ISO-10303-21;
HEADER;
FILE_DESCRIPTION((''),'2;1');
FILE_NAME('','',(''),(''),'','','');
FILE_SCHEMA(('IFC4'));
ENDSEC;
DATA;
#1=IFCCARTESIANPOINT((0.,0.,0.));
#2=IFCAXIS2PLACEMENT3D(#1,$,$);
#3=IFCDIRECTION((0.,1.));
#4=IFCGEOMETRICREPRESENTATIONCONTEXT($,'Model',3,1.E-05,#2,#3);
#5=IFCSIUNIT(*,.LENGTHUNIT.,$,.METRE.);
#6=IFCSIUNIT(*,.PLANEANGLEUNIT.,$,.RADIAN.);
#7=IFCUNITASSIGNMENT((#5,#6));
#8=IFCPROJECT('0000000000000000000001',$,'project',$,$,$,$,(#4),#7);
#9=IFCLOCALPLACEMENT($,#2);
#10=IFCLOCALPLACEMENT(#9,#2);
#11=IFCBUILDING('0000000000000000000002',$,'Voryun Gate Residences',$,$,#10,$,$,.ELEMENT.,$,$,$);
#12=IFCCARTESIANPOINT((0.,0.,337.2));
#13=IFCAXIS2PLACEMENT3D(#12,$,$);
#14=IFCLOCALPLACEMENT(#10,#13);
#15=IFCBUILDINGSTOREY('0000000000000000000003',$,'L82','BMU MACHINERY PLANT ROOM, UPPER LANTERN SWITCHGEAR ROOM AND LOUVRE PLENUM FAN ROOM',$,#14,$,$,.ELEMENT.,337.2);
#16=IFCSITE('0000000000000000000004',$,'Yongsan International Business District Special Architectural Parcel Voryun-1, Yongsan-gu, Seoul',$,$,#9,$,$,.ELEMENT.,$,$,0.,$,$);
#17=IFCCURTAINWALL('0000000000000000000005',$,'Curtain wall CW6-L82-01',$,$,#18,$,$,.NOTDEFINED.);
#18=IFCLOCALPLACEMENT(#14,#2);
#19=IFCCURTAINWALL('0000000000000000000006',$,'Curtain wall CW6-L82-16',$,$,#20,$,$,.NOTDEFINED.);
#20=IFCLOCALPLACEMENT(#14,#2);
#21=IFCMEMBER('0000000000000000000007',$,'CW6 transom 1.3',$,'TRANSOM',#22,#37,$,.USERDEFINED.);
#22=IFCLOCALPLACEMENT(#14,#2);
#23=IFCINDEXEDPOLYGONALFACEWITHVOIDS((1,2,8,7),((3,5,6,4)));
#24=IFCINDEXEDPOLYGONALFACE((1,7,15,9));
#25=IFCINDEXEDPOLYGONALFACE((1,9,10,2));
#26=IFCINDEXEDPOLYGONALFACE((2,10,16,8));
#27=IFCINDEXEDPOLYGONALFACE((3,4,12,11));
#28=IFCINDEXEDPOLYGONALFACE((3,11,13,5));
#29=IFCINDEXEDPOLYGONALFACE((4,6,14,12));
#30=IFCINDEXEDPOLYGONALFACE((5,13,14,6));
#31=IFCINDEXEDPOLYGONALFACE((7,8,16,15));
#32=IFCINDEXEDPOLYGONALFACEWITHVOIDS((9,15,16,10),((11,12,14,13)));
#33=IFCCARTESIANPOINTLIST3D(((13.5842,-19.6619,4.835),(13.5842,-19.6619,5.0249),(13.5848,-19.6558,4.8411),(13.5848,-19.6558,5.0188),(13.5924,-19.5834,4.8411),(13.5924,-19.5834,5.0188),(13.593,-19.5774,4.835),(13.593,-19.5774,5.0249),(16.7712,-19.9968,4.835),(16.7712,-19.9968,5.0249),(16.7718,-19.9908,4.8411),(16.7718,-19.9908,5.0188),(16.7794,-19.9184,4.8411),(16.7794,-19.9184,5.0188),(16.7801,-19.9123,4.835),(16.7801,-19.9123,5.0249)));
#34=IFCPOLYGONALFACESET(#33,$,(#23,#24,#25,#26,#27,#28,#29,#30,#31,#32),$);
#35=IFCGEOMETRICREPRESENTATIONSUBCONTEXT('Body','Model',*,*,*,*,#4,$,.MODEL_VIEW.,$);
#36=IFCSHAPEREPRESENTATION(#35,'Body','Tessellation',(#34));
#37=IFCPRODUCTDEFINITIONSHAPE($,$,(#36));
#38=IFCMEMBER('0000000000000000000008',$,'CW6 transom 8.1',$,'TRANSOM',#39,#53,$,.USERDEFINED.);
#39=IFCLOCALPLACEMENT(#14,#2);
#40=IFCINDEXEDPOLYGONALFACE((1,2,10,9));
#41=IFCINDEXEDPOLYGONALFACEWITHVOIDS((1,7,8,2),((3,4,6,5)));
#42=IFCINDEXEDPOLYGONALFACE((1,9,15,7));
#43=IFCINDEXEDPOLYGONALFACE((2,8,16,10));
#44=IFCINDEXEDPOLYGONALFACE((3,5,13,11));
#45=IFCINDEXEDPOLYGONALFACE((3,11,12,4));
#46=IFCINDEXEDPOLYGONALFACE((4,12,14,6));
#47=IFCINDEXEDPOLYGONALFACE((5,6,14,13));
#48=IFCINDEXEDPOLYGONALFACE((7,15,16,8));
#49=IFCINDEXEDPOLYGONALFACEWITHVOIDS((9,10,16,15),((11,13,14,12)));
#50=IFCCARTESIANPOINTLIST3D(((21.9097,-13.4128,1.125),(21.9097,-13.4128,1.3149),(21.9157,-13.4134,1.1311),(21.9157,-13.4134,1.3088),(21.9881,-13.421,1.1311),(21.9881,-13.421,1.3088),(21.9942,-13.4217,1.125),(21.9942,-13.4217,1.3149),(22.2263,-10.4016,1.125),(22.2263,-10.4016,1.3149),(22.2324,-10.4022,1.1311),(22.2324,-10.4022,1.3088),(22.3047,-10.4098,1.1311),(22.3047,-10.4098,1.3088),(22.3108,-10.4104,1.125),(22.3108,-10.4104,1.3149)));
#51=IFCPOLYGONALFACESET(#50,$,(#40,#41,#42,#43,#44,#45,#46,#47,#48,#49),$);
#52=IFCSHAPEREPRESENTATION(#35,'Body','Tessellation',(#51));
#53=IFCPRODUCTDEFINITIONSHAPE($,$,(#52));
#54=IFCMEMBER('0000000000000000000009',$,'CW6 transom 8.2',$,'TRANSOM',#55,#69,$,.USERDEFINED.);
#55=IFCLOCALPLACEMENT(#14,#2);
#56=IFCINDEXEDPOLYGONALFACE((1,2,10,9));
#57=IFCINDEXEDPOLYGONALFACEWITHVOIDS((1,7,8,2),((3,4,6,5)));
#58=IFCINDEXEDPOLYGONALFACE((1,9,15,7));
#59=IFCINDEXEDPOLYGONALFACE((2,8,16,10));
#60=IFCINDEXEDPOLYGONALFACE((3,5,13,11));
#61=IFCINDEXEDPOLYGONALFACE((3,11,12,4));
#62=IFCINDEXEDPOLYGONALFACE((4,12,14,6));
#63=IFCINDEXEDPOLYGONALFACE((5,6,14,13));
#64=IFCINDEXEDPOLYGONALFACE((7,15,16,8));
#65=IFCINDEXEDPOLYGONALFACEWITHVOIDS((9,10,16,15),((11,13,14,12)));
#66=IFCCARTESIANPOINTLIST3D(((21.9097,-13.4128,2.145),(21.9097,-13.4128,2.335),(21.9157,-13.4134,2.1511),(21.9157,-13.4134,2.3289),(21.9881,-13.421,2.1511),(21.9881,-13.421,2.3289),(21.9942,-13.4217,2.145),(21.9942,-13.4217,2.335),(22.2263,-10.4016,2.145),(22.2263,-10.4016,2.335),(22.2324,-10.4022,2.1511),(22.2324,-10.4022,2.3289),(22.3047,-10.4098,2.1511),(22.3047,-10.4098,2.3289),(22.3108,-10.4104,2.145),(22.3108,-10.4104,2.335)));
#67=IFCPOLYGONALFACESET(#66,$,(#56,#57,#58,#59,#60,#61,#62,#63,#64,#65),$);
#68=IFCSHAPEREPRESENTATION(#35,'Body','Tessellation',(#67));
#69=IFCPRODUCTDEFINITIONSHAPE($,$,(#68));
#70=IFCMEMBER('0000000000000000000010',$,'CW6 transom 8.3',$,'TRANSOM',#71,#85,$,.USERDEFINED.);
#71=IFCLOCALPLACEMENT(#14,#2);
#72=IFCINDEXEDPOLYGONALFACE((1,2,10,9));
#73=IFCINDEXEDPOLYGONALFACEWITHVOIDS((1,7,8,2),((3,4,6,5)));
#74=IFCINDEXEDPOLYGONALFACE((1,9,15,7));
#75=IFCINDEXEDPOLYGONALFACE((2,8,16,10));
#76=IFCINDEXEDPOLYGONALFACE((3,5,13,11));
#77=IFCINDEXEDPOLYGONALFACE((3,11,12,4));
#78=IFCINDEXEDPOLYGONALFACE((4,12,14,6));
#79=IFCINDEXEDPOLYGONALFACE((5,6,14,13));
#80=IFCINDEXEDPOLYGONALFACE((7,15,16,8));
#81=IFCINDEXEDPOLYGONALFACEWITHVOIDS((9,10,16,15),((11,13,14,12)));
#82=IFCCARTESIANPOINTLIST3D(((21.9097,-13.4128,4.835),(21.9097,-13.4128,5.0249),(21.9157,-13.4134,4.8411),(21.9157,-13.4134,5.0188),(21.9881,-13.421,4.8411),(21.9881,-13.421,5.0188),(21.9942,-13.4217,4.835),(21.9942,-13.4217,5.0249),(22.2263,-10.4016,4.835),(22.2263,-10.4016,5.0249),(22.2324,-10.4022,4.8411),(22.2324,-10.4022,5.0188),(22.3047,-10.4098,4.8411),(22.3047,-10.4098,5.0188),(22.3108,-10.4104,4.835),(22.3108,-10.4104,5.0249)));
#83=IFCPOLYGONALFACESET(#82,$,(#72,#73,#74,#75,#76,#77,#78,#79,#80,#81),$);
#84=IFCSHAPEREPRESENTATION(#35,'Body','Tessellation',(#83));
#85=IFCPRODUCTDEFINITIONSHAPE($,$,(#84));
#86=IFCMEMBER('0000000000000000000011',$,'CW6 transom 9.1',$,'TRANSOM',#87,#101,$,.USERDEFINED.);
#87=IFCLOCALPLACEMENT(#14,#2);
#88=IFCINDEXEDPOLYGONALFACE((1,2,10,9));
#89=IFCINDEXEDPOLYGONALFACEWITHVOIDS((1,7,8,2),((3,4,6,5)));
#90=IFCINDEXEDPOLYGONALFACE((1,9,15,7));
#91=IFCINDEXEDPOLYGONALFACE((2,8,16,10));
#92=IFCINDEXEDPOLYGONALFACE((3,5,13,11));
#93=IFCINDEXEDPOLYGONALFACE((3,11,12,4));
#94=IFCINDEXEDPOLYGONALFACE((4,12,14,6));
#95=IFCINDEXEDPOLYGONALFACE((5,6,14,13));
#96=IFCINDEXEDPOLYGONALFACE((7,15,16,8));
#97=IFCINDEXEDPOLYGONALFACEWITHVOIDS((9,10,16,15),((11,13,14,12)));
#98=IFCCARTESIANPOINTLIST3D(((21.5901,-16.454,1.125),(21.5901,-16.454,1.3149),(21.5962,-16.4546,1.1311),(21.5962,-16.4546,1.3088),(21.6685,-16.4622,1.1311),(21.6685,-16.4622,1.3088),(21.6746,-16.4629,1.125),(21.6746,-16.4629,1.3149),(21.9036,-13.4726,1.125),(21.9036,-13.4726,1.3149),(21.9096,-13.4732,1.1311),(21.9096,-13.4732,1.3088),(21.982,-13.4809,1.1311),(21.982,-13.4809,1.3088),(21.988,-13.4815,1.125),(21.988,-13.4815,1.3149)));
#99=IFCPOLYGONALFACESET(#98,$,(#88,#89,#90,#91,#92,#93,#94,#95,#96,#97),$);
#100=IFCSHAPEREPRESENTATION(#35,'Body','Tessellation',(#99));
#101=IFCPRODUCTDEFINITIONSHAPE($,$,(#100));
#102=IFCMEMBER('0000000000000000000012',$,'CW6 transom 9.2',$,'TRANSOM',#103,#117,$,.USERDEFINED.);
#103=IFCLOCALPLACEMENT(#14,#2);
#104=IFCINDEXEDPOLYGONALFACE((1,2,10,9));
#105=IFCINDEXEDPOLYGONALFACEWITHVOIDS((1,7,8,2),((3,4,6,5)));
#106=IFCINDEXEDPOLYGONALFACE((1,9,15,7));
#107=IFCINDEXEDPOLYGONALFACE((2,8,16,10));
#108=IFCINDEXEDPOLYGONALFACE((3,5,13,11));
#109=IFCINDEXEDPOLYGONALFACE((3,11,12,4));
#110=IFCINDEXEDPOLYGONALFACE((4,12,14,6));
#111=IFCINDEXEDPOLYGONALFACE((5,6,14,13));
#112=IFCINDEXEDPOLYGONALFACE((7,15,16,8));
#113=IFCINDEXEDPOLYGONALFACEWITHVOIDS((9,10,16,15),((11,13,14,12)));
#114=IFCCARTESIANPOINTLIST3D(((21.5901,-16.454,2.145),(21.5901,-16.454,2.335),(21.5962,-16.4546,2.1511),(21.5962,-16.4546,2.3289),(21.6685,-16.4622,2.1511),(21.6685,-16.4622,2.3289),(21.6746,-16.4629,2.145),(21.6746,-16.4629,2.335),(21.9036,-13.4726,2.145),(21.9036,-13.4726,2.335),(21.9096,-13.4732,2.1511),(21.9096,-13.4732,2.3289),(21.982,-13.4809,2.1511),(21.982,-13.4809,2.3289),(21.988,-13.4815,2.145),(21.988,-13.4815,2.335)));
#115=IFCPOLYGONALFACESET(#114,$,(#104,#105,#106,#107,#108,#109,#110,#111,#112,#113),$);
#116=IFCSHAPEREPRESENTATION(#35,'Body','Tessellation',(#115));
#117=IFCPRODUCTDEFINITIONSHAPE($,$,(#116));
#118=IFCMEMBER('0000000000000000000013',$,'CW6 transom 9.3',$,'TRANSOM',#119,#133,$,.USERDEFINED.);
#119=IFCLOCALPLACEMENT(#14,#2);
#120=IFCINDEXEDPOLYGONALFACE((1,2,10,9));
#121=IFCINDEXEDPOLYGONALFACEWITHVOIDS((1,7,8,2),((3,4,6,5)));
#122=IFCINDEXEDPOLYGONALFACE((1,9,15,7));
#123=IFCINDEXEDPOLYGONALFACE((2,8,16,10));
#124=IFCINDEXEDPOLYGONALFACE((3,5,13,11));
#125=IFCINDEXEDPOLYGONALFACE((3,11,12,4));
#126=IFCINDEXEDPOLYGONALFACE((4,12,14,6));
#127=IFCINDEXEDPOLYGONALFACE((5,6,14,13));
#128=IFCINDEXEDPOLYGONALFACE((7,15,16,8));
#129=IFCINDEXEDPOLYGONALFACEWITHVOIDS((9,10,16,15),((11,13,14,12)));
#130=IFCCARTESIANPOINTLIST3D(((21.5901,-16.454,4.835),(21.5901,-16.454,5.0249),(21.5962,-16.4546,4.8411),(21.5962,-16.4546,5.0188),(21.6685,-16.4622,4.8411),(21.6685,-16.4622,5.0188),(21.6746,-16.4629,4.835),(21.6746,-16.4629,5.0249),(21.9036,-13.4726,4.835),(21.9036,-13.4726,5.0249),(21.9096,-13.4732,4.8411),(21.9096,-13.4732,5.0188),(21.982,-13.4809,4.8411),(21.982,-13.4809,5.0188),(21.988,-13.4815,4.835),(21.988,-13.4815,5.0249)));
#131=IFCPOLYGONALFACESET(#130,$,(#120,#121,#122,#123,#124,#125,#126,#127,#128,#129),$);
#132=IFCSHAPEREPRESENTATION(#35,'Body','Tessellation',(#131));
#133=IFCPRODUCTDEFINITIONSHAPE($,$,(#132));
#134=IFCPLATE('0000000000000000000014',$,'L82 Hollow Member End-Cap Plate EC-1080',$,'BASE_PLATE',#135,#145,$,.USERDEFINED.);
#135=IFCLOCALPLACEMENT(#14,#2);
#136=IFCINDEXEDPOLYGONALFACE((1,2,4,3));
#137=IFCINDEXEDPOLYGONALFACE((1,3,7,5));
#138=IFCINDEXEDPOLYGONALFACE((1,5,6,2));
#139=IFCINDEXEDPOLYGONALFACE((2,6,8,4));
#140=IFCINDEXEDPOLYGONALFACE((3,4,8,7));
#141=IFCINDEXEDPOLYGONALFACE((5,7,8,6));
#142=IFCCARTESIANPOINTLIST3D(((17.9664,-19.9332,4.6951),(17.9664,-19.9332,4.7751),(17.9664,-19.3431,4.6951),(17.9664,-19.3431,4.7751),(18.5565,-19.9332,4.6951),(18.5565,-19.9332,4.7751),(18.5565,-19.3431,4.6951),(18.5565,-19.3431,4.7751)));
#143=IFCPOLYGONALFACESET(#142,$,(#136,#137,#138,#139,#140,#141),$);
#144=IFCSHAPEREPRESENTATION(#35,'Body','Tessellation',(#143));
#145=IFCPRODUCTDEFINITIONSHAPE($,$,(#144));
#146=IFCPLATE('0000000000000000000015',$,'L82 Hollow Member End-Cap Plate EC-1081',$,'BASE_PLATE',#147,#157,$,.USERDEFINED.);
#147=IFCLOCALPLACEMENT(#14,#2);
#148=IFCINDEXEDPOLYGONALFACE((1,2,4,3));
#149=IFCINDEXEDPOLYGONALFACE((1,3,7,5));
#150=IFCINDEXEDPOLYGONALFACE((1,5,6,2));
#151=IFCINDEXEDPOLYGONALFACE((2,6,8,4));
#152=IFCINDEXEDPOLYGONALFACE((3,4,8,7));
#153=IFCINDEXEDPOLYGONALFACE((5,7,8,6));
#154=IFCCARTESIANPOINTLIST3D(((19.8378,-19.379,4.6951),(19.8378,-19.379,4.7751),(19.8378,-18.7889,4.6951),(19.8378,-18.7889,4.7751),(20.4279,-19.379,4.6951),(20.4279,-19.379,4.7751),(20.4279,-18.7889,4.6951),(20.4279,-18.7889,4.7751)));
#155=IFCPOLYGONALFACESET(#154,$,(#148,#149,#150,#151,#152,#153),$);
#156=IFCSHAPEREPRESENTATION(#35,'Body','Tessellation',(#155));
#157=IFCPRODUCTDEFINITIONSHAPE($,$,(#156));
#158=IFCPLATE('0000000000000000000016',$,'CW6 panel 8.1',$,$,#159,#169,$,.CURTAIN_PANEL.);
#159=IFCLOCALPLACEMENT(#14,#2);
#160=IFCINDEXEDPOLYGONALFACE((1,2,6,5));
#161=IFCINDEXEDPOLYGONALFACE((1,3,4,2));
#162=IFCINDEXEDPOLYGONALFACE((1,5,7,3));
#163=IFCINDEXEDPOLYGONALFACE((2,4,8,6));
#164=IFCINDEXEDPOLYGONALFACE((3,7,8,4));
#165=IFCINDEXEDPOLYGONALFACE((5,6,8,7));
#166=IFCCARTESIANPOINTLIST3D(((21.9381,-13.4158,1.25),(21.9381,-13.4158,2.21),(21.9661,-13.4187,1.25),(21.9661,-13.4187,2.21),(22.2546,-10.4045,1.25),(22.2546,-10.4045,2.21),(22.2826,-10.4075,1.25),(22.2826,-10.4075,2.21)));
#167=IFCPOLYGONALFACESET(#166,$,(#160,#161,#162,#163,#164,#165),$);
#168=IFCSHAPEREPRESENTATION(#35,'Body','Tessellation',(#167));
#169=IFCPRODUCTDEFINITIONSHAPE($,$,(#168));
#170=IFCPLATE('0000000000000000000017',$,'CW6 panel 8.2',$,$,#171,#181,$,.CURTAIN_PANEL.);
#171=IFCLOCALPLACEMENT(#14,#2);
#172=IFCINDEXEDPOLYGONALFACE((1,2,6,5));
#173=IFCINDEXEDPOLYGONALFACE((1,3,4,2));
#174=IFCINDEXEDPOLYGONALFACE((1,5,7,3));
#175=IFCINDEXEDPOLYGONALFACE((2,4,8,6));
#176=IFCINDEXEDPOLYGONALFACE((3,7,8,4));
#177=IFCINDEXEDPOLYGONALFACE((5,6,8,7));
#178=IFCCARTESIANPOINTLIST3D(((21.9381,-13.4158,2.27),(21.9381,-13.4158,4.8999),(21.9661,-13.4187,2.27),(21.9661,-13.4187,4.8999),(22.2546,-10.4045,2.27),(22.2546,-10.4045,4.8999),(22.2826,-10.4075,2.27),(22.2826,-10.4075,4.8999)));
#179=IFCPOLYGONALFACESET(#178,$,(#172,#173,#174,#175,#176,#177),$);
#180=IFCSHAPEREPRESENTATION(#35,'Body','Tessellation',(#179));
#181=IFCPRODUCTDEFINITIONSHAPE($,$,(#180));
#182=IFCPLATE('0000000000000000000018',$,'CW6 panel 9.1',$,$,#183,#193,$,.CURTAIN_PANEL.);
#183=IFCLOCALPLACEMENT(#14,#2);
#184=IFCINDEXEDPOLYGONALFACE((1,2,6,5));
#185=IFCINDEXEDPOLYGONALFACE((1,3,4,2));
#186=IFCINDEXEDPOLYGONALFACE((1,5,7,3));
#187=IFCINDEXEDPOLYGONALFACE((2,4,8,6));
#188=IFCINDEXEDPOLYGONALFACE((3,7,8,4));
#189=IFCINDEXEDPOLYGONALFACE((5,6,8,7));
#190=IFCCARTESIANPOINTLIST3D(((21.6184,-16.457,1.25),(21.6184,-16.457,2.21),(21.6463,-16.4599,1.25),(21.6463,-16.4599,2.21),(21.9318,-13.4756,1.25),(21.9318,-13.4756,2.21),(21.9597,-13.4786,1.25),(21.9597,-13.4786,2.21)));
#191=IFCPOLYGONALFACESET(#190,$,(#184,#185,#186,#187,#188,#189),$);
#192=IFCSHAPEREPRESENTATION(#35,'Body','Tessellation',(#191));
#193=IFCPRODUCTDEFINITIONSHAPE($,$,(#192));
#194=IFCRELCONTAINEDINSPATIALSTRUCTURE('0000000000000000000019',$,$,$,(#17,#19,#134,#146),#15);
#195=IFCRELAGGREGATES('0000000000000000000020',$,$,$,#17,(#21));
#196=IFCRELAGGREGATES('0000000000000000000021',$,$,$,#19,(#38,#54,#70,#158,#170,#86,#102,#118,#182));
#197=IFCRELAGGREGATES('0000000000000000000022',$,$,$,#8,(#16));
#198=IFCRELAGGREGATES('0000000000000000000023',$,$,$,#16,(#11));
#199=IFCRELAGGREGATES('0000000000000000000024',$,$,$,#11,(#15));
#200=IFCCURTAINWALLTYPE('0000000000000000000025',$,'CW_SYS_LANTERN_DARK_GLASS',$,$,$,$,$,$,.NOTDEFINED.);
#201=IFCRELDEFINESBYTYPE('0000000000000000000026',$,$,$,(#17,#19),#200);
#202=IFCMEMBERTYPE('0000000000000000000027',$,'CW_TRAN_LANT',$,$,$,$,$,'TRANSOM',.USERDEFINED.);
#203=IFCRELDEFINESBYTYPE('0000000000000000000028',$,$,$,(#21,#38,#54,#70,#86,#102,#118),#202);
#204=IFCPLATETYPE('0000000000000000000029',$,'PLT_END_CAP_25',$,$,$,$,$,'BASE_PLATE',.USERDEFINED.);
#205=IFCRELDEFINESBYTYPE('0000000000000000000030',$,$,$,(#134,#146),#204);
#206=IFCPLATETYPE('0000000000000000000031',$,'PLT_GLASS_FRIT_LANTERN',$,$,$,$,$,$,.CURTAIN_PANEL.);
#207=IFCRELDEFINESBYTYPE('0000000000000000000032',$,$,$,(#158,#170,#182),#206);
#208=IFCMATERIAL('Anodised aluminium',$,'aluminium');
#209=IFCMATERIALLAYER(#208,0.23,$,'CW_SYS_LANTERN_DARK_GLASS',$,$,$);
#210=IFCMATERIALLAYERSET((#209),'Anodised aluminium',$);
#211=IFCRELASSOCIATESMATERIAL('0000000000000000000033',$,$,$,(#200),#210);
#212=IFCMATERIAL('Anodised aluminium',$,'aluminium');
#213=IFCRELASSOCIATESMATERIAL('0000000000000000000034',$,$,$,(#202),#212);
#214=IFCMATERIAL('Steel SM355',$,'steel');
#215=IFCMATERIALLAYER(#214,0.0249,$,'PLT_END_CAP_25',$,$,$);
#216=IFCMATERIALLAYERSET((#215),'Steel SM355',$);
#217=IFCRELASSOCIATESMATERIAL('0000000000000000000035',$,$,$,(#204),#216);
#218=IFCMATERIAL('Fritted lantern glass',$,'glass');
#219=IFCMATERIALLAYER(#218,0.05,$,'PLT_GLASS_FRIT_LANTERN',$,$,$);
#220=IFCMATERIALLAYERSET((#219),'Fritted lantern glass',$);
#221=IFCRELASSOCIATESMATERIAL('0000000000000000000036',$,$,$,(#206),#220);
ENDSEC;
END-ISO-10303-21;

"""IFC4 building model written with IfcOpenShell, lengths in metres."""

from ifc_helpers import new_model, si_unit, direction, frame, origin, origin_2d, place, context, subcontext, project, spatial, rectangle, hollow_rectangle, extrude, material, layer, layer_set, material_profile, profile_set, type_object, element, aggregate, save


model = new_model("IFC4")

# Units and contexts
model_context = context("Model", 3, precision=1e-05, world=origin(), true_north=direction((0.0, 1.0)))
body_context = subcontext(model_context, "Body", "Model", "MODEL_VIEW")
ifc_project = project(units=[si_unit("LENGTHUNIT", "METRE"), si_unit("PLANEANGLEUNIT", "RADIAN")], contexts=[model_context])

# Site, building, storey
site_placement = place(None, origin())
site = spatial("IfcSite", under=ifc_project, at=site_placement, Name="Yongsan International Business District Special Architectural Parcel Voryun-1, Yongsan-gu, Seoul", CompositionType="ELEMENT", RefElevation=0.0)
building_placement = place(site_placement, origin())
building = spatial("IfcBuilding", under=site, at=building_placement, Name="Voryun Gate Residences", CompositionType="ELEMENT")
storey_placement = place(building_placement, frame((0.0, 0.0, 337.2)))
storey = spatial("IfcBuildingStorey", under=building, at=storey_placement, Name="L82", Description="BMU MACHINERY PLANT ROOM, UPPER LANTERN SWITCHGEAR ROOM AND LOUVRE PLENUM FAN ROOM", CompositionType="ELEMENT", Elevation=337.2)

# Curtain wall
ifc_material_1 = material(Name="Anodised aluminium", Category="aluminium")
ifc_layer_1 = layer(ifc_material_1, 0.23, Name="CW_SYS_LANTERN_DARK_GLASS")
ifc_layer_set_1 = layer_set([ifc_layer_1], Name="Anodised aluminium")
curtain_wall_type = type_object("IfcCurtainWallType", Name="CW_SYS_LANTERN_DARK_GLASS", PredefinedType="NOTDEFINED", material=ifc_layer_set_1)
curtain_wall_1_placement = place(storey_placement, origin())
curtain_wall_1 = element("IfcCurtainWall", 1, at=curtain_wall_1_placement, inside=storey, type_object=curtain_wall_type, Name="Curtain wall CW6-L82-01", PredefinedType="NOTDEFINED")

# Curtain wall
curtain_wall_2_placement = place(storey_placement, origin())
curtain_wall_2 = element("IfcCurtainWall", 2, at=curtain_wall_2_placement, inside=storey, type_object=curtain_wall_type, Name="Curtain wall CW6-L82-16", PredefinedType="NOTDEFINED")

# Members
ifc_material_2 = material(Name="Anodised aluminium", Category="aluminium")
ifc_material_profile_1 = material_profile(ifc_material_2, hollow_rectangle(XDim=0.085, YDim=0.1899, WallThickness=0.0061, at=origin_2d()), Name="ALU-TRAN-190x85x6")
ifc_profile_set_1 = profile_set([ifc_material_profile_1], Name="Anodised aluminium")
member_type_1 = type_object("IfcMemberType", Name="CW_TRAN_LANT", ElementType="TRANSOM", PredefinedType="USERDEFINED", material=ifc_profile_set_1)
member_1_placement = place(storey_placement, frame((16.7756, -19.9546, 4.9299), z_axis=(-0.994522, 0.104526, 0.0), x_axis=(-0.104526, -0.994522, 0.0)))
member_1 = element("IfcMember", 3, at=member_1_placement, type_object=member_type_1, Name="CW6 transom 1.3", ObjectType="TRANSOM", PredefinedType="USERDEFINED", context=body_context, shape_type="SweptSolid", body=[
    extrude(hollow_rectangle(XDim=0.085, YDim=0.1899, WallThickness=0.0061, at=origin_2d()), origin(), (0.0, 0.0, 1.0), 3.2046),
])
aggregate(curtain_wall_1, [member_1])
member_2_placement = place(storey_placement, frame((22.2686, -10.406, 1.22), z_axis=(-0.10458, -0.994516, 0.0), x_axis=(0.994516, -0.10458, 0.0)))
member_2 = element("IfcMember", 4, at=member_2_placement, type_object=member_type_1, Name="CW6 transom 8.1", ObjectType="TRANSOM", PredefinedType="USERDEFINED", context=body_context, shape_type="SweptSolid", body=[
    extrude(hollow_rectangle(XDim=0.085, YDim=0.1899, WallThickness=0.0061, at=origin_2d()), origin(), (0.0, 0.0, 1.0), 3.0278),
])
member_3_placement = place(storey_placement, frame((22.2686, -10.406, 2.24), z_axis=(-0.10458, -0.994516, 0.0), x_axis=(0.994516, -0.10458, 0.0)))
member_3 = element("IfcMember", 5, at=member_3_placement, type_object=member_type_1, Name="CW6 transom 8.2", ObjectType="TRANSOM", PredefinedType="USERDEFINED", context=body_context, shape_type="SweptSolid", body=[
    extrude(hollow_rectangle(XDim=0.085, YDim=0.1899, WallThickness=0.0061, at=origin_2d()), origin(), (0.0, 0.0, 1.0), 3.0278),
])
member_4_placement = place(storey_placement, frame((22.2686, -10.406, 4.9299), z_axis=(-0.10458, -0.994516, 0.0), x_axis=(0.994516, -0.10458, 0.0)))
member_4 = element("IfcMember", 6, at=member_4_placement, type_object=member_type_1, Name="CW6 transom 8.3", ObjectType="TRANSOM", PredefinedType="USERDEFINED", context=body_context, shape_type="SweptSolid", body=[
    extrude(hollow_rectangle(XDim=0.085, YDim=0.1899, WallThickness=0.0061, at=origin_2d()), origin(), (0.0, 0.0, 1.0), 3.0278),
])
member_5_placement = place(storey_placement, frame((21.9458, -13.4771, 1.22), z_axis=(-0.104566, -0.994518, 0.0), x_axis=(0.994518, -0.104566, 0.0)))
member_5 = element("IfcMember", 7, at=member_5_placement, type_object=member_type_1, Name="CW6 transom 9.1", ObjectType="TRANSOM", PredefinedType="USERDEFINED", context=body_context, shape_type="SweptSolid", body=[
    extrude(hollow_rectangle(XDim=0.085, YDim=0.1899, WallThickness=0.0061, at=origin_2d()), origin(), (0.0, 0.0, 1.0), 2.9978),
])
member_6_placement = place(storey_placement, frame((21.9458, -13.4771, 2.24), z_axis=(-0.104566, -0.994518, 0.0), x_axis=(0.994518, -0.104566, 0.0)))
member_6 = element("IfcMember", 8, at=member_6_placement, type_object=member_type_1, Name="CW6 transom 9.2", ObjectType="TRANSOM", PredefinedType="USERDEFINED", context=body_context, shape_type="SweptSolid", body=[
    extrude(hollow_rectangle(XDim=0.085, YDim=0.1899, WallThickness=0.0061, at=origin_2d()), origin(), (0.0, 0.0, 1.0), 2.9978),
])
member_7_placement = place(storey_placement, frame((21.9458, -13.4771, 4.9299), z_axis=(-0.104566, -0.994518, 0.0), x_axis=(0.994518, -0.104566, 0.0)))
member_7 = element("IfcMember", 9, at=member_7_placement, type_object=member_type_1, Name="CW6 transom 9.3", ObjectType="TRANSOM", PredefinedType="USERDEFINED", context=body_context, shape_type="SweptSolid", body=[
    extrude(hollow_rectangle(XDim=0.085, YDim=0.1899, WallThickness=0.0061, at=origin_2d()), origin(), (0.0, 0.0, 1.0), 2.9978),
])

# Plates
ifc_material_3 = material(Name="Steel SM355", Category="steel")
ifc_layer_2 = layer(ifc_material_3, 0.0249, Name="PLT_END_CAP_25")
ifc_layer_set_2 = layer_set([ifc_layer_2], Name="Steel SM355")
plate_type_1 = type_object("IfcPlateType", Name="PLT_END_CAP_25", ElementType="BASE_PLATE", PredefinedType="USERDEFINED", material=ifc_layer_set_2)
for number, where, z_axis, x_axis, name in (
    (10, (18.2615, -19.6382, 4.6951), (0.0, 0.0, 1.0), (1.0, 0.0, 0.0), "L82 Hollow Member End-Cap Plate EC-1080"),
    (11, (20.1328, -19.084, 4.6951), (0.0, 0.0, 1.0), (1.0, 0.0, 0.0), "L82 Hollow Member End-Cap Plate EC-1081"),
):
    element("IfcPlate", number, at=place(storey_placement, frame(where, z_axis=z_axis, x_axis=x_axis)), inside=storey, type_object=plate_type_1, Name=name, ObjectType="BASE_PLATE", PredefinedType="USERDEFINED", context=body_context, shape_type="SweptSolid", body=[
        extrude(rectangle(XDim=0.5901, YDim=0.5901, at=origin_2d()), origin(), (0.0, 0.0, 1.0), 0.0801),
    ])

# Plates
ifc_material_4 = material(Name="Fritted lantern glass", Category="glass")
ifc_layer_3 = layer(ifc_material_4, 0.05, Name="PLT_GLASS_FRIT_LANTERN")
ifc_layer_set_3 = layer_set([ifc_layer_3], Name="Fritted lantern glass")
plate_type_2 = type_object("IfcPlateType", Name="PLT_GLASS_FRIT_LANTERN", PredefinedType="CURTAIN_PANEL", material=ifc_layer_set_3)
plate_1_placement = place(storey_placement, frame((22.1104, -11.9116, 1.25), z_axis=(0.0, 0.0, 1.0), x_axis=(-0.104528, -0.994522, 0.0)))
plate_1 = element("IfcPlate", 12, at=plate_1_placement, type_object=plate_type_2, Name="CW6 panel 8.1", PredefinedType="CURTAIN_PANEL", context=body_context, shape_type="SweptSolid", body=[
    extrude(rectangle(XDim=3.0278, YDim=0.0281, at=origin_2d()), origin(), (0.0, 0.0, 1.0), 0.96),
])
plate_2_placement = place(storey_placement, frame((22.1104, -11.9116, 2.27), z_axis=(0.0, 0.0, 1.0), x_axis=(-0.104528, -0.994522, 0.0)))
plate_2 = element("IfcPlate", 13, at=plate_2_placement, type_object=plate_type_2, Name="CW6 panel 8.2", PredefinedType="CURTAIN_PANEL", context=body_context, shape_type="SweptSolid", body=[
    extrude(rectangle(XDim=3.0278, YDim=0.0281, at=origin_2d()), origin(), (0.0, 0.0, 1.0), 2.6299),
])
plate_3_placement = place(storey_placement, frame((21.7891, -14.9678, 1.25), z_axis=(0.0, 0.0, 1.0), x_axis=(-0.104528, -0.994522, 0.0)))
plate_3 = element("IfcPlate", 14, at=plate_3_placement, type_object=plate_type_2, Name="CW6 panel 9.1", PredefinedType="CURTAIN_PANEL", context=body_context, shape_type="SweptSolid", body=[
    extrude(rectangle(XDim=2.9978, YDim=0.0281, at=origin_2d()), origin(), (0.0, 0.0, 1.0), 0.96),
])
aggregate(curtain_wall_2, [member_2, member_3, member_4, plate_1, plate_2, member_5, member_6, member_7, plate_3])

save(model, "model.ifc")
